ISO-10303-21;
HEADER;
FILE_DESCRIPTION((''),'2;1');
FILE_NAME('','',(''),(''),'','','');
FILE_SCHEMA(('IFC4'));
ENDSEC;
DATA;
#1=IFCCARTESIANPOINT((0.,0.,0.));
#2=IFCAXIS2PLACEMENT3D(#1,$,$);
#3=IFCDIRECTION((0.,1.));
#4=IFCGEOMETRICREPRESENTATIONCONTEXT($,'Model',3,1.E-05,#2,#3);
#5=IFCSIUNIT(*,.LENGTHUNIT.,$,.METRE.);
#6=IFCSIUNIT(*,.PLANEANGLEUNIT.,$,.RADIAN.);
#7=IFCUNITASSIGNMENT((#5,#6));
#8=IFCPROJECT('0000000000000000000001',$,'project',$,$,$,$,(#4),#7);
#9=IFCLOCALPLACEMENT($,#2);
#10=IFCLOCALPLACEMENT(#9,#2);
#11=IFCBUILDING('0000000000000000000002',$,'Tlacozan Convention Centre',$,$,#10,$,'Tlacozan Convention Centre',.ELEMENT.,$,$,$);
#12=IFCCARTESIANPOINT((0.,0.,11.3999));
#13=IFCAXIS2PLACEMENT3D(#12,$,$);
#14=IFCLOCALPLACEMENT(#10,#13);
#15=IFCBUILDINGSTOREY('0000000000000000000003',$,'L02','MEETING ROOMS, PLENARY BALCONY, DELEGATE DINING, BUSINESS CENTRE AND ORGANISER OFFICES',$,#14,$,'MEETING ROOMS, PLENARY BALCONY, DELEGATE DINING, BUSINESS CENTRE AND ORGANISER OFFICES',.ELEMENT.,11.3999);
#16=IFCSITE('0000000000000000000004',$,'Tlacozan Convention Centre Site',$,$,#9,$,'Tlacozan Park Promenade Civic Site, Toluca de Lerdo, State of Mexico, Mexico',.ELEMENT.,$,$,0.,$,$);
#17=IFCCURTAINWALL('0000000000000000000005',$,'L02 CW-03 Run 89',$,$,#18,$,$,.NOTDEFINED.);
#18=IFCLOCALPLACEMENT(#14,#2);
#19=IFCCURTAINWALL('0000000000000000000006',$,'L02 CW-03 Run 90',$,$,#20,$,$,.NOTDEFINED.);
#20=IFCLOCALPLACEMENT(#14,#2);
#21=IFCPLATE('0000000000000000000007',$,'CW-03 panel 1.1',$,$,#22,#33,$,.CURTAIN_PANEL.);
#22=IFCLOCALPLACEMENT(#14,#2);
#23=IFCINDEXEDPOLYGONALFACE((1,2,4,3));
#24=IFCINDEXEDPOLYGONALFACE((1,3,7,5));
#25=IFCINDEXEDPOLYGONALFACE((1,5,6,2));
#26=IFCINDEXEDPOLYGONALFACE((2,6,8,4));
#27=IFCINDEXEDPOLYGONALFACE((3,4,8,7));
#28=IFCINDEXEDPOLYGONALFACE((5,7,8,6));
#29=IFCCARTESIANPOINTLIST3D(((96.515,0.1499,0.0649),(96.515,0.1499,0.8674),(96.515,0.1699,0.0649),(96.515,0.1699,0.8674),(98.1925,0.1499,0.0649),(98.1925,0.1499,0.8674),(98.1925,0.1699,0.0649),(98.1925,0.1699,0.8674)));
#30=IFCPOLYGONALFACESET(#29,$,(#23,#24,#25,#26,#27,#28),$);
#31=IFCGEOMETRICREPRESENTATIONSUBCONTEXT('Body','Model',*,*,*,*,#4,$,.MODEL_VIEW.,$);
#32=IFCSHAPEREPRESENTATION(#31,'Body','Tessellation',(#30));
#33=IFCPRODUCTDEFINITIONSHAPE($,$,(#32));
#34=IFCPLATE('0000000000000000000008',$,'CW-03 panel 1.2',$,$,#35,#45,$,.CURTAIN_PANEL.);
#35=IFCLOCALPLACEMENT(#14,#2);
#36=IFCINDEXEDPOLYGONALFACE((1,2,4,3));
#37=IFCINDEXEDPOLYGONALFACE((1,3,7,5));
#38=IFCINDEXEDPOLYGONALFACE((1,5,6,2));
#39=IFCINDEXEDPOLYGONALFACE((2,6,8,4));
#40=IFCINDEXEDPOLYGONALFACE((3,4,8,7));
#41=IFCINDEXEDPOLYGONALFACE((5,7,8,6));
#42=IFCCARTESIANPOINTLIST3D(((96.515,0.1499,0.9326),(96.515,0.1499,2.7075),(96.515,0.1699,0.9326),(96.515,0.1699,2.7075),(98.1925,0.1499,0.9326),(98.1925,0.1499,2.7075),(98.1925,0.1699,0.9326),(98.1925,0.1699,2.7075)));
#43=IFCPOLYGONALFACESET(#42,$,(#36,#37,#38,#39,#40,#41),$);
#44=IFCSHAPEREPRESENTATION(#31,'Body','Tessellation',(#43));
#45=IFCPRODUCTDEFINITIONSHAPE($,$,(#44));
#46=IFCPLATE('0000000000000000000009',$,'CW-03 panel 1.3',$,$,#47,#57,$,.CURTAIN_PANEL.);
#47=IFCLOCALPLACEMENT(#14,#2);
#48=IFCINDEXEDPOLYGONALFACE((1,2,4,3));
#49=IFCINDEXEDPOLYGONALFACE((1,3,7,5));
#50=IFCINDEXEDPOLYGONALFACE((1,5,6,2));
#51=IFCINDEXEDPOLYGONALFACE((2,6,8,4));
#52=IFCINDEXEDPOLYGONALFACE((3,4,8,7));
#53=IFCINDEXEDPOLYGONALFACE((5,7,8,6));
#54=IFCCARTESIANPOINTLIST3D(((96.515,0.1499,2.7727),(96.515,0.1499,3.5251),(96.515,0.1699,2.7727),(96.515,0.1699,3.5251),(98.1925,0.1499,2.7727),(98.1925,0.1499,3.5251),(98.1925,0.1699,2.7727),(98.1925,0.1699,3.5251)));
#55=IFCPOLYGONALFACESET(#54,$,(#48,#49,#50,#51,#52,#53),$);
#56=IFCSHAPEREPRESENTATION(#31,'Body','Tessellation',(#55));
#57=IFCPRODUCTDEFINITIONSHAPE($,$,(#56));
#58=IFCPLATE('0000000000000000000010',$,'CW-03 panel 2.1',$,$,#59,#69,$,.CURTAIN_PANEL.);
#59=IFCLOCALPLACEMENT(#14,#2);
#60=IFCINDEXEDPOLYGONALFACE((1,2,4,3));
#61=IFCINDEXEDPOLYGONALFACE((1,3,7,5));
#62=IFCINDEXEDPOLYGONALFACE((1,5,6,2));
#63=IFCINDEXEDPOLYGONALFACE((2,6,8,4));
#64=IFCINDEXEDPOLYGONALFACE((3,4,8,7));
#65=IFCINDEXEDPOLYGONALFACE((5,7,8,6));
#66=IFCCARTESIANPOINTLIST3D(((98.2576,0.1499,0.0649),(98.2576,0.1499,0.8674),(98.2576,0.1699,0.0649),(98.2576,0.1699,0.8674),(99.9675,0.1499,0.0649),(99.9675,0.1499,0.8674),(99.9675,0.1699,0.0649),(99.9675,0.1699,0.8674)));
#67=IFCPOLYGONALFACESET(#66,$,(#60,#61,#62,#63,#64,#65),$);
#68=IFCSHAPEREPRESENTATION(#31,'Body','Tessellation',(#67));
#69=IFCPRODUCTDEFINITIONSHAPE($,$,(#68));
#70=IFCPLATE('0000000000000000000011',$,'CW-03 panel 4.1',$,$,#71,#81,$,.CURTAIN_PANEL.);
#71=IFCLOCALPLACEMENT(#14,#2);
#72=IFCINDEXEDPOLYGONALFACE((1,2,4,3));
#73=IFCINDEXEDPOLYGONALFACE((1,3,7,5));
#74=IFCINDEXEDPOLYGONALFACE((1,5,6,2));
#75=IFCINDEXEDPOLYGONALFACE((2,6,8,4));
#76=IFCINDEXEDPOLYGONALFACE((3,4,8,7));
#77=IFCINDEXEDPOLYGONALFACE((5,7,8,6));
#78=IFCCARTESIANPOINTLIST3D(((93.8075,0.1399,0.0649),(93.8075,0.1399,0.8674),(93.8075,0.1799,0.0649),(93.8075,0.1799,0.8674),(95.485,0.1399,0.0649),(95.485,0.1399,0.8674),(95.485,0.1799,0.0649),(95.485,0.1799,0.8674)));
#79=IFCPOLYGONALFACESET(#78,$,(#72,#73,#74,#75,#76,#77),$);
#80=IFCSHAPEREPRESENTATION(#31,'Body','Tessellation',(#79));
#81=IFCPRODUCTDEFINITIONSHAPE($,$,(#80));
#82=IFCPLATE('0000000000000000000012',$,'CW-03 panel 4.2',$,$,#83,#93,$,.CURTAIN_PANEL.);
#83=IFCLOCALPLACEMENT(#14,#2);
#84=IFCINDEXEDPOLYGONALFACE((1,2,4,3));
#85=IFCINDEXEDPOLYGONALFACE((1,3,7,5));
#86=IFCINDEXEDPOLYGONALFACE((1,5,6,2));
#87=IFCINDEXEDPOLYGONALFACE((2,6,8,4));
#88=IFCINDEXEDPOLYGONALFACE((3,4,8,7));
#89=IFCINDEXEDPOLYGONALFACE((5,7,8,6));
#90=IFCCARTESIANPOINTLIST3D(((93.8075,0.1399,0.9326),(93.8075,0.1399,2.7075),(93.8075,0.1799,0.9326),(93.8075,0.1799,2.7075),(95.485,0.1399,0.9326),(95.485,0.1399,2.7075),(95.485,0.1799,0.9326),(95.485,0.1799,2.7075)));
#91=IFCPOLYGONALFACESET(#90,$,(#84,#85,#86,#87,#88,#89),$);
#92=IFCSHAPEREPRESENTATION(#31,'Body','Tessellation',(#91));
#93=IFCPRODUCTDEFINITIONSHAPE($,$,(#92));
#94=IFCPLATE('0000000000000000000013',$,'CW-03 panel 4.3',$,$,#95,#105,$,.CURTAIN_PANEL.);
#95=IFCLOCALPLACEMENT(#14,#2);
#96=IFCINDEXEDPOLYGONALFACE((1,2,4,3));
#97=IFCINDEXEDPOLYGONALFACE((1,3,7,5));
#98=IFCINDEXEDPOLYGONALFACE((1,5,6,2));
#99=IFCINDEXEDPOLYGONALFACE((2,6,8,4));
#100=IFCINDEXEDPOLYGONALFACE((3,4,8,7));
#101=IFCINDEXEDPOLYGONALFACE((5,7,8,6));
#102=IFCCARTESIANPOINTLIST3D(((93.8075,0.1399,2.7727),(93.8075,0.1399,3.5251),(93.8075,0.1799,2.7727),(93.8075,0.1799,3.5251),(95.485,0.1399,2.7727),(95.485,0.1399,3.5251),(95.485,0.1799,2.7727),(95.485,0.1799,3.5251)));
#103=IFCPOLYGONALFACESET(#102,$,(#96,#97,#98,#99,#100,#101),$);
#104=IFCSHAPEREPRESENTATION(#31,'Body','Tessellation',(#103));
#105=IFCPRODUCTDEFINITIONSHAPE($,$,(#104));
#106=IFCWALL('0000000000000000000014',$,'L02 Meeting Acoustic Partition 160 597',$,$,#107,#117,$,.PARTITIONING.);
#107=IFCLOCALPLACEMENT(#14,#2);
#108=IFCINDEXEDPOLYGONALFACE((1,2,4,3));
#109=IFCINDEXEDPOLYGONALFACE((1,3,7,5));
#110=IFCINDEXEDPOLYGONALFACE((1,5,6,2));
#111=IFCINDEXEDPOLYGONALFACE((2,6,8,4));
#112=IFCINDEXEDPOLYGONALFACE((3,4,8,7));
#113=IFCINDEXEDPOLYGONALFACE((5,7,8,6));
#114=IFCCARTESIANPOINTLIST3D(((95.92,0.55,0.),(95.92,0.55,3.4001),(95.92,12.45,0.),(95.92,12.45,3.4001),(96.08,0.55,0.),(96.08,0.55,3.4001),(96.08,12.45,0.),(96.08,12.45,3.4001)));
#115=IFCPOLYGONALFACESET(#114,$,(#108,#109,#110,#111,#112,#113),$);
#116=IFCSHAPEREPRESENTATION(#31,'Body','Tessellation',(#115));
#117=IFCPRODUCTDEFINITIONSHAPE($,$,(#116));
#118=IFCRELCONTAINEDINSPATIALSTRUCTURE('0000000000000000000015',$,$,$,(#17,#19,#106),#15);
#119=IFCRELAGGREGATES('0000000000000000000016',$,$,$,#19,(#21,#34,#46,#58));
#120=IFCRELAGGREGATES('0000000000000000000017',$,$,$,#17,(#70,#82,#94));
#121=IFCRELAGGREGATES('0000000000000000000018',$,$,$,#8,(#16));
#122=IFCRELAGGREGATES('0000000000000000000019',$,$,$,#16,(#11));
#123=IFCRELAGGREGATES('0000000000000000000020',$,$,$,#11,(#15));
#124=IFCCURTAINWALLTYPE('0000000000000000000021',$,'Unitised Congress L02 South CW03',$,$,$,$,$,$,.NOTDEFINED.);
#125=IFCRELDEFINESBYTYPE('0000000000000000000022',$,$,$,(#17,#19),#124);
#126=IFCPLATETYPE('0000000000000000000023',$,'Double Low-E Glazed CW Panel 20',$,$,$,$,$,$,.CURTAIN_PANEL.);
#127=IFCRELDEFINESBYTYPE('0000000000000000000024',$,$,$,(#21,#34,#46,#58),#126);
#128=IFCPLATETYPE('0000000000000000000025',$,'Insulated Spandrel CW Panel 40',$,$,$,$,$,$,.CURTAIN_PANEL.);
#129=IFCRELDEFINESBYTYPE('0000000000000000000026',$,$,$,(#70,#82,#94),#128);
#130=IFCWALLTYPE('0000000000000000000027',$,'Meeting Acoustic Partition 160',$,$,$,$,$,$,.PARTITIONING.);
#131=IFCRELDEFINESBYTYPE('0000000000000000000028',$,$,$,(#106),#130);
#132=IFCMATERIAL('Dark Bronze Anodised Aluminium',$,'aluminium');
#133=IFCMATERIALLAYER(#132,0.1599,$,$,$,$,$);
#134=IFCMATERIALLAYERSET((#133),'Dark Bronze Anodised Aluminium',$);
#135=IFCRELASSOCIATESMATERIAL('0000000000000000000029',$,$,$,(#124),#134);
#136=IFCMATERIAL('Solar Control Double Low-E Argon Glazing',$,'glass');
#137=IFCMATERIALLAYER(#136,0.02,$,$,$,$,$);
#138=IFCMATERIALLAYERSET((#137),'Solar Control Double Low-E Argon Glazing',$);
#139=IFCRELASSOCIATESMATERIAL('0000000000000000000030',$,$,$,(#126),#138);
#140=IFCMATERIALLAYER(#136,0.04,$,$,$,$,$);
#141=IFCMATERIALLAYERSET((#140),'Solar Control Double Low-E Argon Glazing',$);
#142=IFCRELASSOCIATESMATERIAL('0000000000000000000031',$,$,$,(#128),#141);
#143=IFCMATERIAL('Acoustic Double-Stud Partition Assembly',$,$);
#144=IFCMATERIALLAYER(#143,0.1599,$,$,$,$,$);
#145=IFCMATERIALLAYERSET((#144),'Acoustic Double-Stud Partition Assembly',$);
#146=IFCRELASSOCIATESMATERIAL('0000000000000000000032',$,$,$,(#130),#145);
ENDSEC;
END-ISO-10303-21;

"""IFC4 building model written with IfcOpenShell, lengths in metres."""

from ifc_helpers import new_model, si_unit, direction, frame, frame_2d, origin, origin_2d, place, context, subcontext, project, spatial, rectangle, extrude, material, layer, layer_set, type_object, element, aggregate, save


model = new_model("IFC4")

# Units and contexts
model_context = context("Model", 3, precision=1e-05, world=origin(), true_north=direction((0.0, 1.0)))
body_context = subcontext(model_context, "Body", "Model", "MODEL_VIEW")
ifc_project = project(units=[si_unit("LENGTHUNIT", "METRE"), si_unit("PLANEANGLEUNIT", "RADIAN")], contexts=[model_context])

# Site, building, storey
site_placement = place(None, origin())
site = spatial("IfcSite", under=ifc_project, at=site_placement, Name="Tlacozan Convention Centre Site", LongName="Tlacozan Park Promenade Civic Site, Toluca de Lerdo, State of Mexico, Mexico", CompositionType="ELEMENT", RefElevation=0.0)
building_placement = place(site_placement, origin())
building = spatial("IfcBuilding", under=site, at=building_placement, Name="Tlacozan Convention Centre", LongName="Tlacozan Convention Centre", CompositionType="ELEMENT")
storey_placement = place(building_placement, frame((0.0, 0.0, 11.3999)))
storey = spatial("IfcBuildingStorey", under=building, at=storey_placement, Name="L02", Description="MEETING ROOMS, PLENARY BALCONY, DELEGATE DINING, BUSINESS CENTRE AND ORGANISER OFFICES", LongName="MEETING ROOMS, PLENARY BALCONY, DELEGATE DINING, BUSINESS CENTRE AND ORGANISER OFFICES", CompositionType="ELEMENT", Elevation=11.3999)

# Curtain wall
ifc_material_1 = material(Name="Dark Bronze Anodised Aluminium", Category="aluminium")
ifc_layer_1 = layer(ifc_material_1, 0.1599)
ifc_layer_set_1 = layer_set([ifc_layer_1], Name="Dark Bronze Anodised Aluminium")
curtain_wall_type = type_object("IfcCurtainWallType", Name="Unitised Congress L02 South CW03", PredefinedType="NOTDEFINED", material=ifc_layer_set_1)
curtain_wall_1_placement = place(storey_placement, origin())
curtain_wall_1 = element("IfcCurtainWall", 1, at=curtain_wall_1_placement, inside=storey, type_object=curtain_wall_type, Name="L02 CW-03 Run 89", PredefinedType="NOTDEFINED")

# Curtain wall
curtain_wall_2_placement = place(storey_placement, origin())
curtain_wall_2 = element("IfcCurtainWall", 2, at=curtain_wall_2_placement, inside=storey, type_object=curtain_wall_type, Name="L02 CW-03 Run 90", PredefinedType="NOTDEFINED")

# Plates
ifc_material_2 = material(Name="Solar Control Double Low-E Argon Glazing", Category="glass")
ifc_layer_2 = layer(ifc_material_2, 0.02)
ifc_layer_set_2 = layer_set([ifc_layer_2], Name="Solar Control Double Low-E Argon Glazing")
plate_type_1 = type_object("IfcPlateType", Name="Double Low-E Glazed CW Panel 20", PredefinedType="CURTAIN_PANEL", material=ifc_layer_set_2)
plate_1_placement = place(storey_placement, frame((97.3538, 0.1599, 0.0649), z_axis=(0.0, 0.0, 1.0), x_axis=(1.0, 0.0, 0.0)))
plate_1 = element("IfcPlate", 3, at=plate_1_placement, type_object=plate_type_1, Name="CW-03 panel 1.1", PredefinedType="CURTAIN_PANEL", context=body_context, shape_type="SweptSolid", body=[
    extrude(rectangle(XDim=1.6775, YDim=0.02, at=origin_2d()), origin(), (0.0, 0.0, 1.0), 0.8025),
])
plate_2_placement = place(storey_placement, frame((97.3538, 0.1599, 0.9326), z_axis=(0.0, 0.0, 1.0), x_axis=(1.0, 0.0, 0.0)))
plate_2 = element("IfcPlate", 4, at=plate_2_placement, type_object=plate_type_1, Name="CW-03 panel 1.2", PredefinedType="CURTAIN_PANEL", context=body_context, shape_type="SweptSolid", body=[
    extrude(rectangle(XDim=1.6775, YDim=0.02, at=origin_2d()), origin(), (0.0, 0.0, 1.0), 1.7749),
])
plate_3_placement = place(storey_placement, frame((97.3538, 0.1599, 2.7727), z_axis=(0.0, 0.0, 1.0), x_axis=(1.0, 0.0, 0.0)))
plate_3 = element("IfcPlate", 5, at=plate_3_placement, type_object=plate_type_1, Name="CW-03 panel 1.3", PredefinedType="CURTAIN_PANEL", context=body_context, shape_type="SweptSolid", body=[
    extrude(rectangle(XDim=1.6775, YDim=0.02, at=origin_2d()), origin(), (0.0, 0.0, 1.0), 0.7524),
])
plate_4_placement = place(storey_placement, frame((99.1125, 0.1599, 0.0649), z_axis=(0.0, 0.0, 1.0), x_axis=(1.0, 0.0, 0.0)))
plate_4 = element("IfcPlate", 6, at=plate_4_placement, type_object=plate_type_1, Name="CW-03 panel 2.1", PredefinedType="CURTAIN_PANEL", context=body_context, shape_type="SweptSolid", body=[
    extrude(rectangle(XDim=1.71, YDim=0.02, at=origin_2d()), origin(), (0.0, 0.0, 1.0), 0.8025),
])
aggregate(curtain_wall_2, [plate_1, plate_2, plate_3, plate_4])
ifc_layer_3 = layer(ifc_material_2, 0.04)
ifc_layer_set_3 = layer_set([ifc_layer_3], Name="Solar Control Double Low-E Argon Glazing")
plate_type_2 = type_object("IfcPlateType", Name="Insulated Spandrel CW Panel 40", PredefinedType="CURTAIN_PANEL", material=ifc_layer_set_3)
plate_5_placement = place(storey_placement, frame((94.6462, 0.1599, 0.0649), z_axis=(0.0, 0.0, 1.0), x_axis=(1.0, 0.0, 0.0)))
plate_5 = element("IfcPlate", 7, at=plate_5_placement, type_object=plate_type_2, Name="CW-03 panel 4.1", PredefinedType="CURTAIN_PANEL", context=body_context, shape_type="SweptSolid", body=[
    extrude(rectangle(XDim=1.6775, YDim=0.04, at=origin_2d()), origin(), (0.0, 0.0, 1.0), 0.8025),
])
plate_6_placement = place(storey_placement, frame((94.6462, 0.1599, 0.9326), z_axis=(0.0, 0.0, 1.0), x_axis=(1.0, 0.0, 0.0)))
plate_6 = element("IfcPlate", 8, at=plate_6_placement, type_object=plate_type_2, Name="CW-03 panel 4.2", PredefinedType="CURTAIN_PANEL", context=body_context, shape_type="SweptSolid", body=[
    extrude(rectangle(XDim=1.6775, YDim=0.04, at=origin_2d()), origin(), (0.0, 0.0, 1.0), 1.7749),
])
plate_7_placement = place(storey_placement, frame((94.6462, 0.1599, 2.7727), z_axis=(0.0, 0.0, 1.0), x_axis=(1.0, 0.0, 0.0)))
plate_7 = element("IfcPlate", 9, at=plate_7_placement, type_object=plate_type_2, Name="CW-03 panel 4.3", PredefinedType="CURTAIN_PANEL", context=body_context, shape_type="SweptSolid", body=[
    extrude(rectangle(XDim=1.6775, YDim=0.04, at=origin_2d()), origin(), (0.0, 0.0, 1.0), 0.7524),
])
aggregate(curtain_wall_1, [plate_5, plate_6, plate_7])

# Wall
ifc_material_3 = material(Name="Acoustic Double-Stud Partition Assembly")
ifc_layer_4 = layer(ifc_material_3, 0.1599)
ifc_layer_set_4 = layer_set([ifc_layer_4], Name="Acoustic Double-Stud Partition Assembly")
wall_type = type_object("IfcWallType", Name="Meeting Acoustic Partition 160", PredefinedType="PARTITIONING", material=ifc_layer_set_4)
wall_placement = place(storey_placement, frame((96.0, 0.55, 0.0), z_axis=(0.0, 0.0, 1.0), x_axis=(0.0, 1.0, 0.0)))
element("IfcWall", 10, at=wall_placement, inside=storey, type_object=wall_type, Name="L02 Meeting Acoustic Partition 160 597", PredefinedType="PARTITIONING", context=body_context, shape_type="SweptSolid", body=[
    extrude(rectangle(XDim=11.8999, YDim=0.1599, at=frame_2d((5.95, 0.0))), origin(), (0.0, 0.0, 1.0), 3.4001),
])

save(model, "model.ifc")
